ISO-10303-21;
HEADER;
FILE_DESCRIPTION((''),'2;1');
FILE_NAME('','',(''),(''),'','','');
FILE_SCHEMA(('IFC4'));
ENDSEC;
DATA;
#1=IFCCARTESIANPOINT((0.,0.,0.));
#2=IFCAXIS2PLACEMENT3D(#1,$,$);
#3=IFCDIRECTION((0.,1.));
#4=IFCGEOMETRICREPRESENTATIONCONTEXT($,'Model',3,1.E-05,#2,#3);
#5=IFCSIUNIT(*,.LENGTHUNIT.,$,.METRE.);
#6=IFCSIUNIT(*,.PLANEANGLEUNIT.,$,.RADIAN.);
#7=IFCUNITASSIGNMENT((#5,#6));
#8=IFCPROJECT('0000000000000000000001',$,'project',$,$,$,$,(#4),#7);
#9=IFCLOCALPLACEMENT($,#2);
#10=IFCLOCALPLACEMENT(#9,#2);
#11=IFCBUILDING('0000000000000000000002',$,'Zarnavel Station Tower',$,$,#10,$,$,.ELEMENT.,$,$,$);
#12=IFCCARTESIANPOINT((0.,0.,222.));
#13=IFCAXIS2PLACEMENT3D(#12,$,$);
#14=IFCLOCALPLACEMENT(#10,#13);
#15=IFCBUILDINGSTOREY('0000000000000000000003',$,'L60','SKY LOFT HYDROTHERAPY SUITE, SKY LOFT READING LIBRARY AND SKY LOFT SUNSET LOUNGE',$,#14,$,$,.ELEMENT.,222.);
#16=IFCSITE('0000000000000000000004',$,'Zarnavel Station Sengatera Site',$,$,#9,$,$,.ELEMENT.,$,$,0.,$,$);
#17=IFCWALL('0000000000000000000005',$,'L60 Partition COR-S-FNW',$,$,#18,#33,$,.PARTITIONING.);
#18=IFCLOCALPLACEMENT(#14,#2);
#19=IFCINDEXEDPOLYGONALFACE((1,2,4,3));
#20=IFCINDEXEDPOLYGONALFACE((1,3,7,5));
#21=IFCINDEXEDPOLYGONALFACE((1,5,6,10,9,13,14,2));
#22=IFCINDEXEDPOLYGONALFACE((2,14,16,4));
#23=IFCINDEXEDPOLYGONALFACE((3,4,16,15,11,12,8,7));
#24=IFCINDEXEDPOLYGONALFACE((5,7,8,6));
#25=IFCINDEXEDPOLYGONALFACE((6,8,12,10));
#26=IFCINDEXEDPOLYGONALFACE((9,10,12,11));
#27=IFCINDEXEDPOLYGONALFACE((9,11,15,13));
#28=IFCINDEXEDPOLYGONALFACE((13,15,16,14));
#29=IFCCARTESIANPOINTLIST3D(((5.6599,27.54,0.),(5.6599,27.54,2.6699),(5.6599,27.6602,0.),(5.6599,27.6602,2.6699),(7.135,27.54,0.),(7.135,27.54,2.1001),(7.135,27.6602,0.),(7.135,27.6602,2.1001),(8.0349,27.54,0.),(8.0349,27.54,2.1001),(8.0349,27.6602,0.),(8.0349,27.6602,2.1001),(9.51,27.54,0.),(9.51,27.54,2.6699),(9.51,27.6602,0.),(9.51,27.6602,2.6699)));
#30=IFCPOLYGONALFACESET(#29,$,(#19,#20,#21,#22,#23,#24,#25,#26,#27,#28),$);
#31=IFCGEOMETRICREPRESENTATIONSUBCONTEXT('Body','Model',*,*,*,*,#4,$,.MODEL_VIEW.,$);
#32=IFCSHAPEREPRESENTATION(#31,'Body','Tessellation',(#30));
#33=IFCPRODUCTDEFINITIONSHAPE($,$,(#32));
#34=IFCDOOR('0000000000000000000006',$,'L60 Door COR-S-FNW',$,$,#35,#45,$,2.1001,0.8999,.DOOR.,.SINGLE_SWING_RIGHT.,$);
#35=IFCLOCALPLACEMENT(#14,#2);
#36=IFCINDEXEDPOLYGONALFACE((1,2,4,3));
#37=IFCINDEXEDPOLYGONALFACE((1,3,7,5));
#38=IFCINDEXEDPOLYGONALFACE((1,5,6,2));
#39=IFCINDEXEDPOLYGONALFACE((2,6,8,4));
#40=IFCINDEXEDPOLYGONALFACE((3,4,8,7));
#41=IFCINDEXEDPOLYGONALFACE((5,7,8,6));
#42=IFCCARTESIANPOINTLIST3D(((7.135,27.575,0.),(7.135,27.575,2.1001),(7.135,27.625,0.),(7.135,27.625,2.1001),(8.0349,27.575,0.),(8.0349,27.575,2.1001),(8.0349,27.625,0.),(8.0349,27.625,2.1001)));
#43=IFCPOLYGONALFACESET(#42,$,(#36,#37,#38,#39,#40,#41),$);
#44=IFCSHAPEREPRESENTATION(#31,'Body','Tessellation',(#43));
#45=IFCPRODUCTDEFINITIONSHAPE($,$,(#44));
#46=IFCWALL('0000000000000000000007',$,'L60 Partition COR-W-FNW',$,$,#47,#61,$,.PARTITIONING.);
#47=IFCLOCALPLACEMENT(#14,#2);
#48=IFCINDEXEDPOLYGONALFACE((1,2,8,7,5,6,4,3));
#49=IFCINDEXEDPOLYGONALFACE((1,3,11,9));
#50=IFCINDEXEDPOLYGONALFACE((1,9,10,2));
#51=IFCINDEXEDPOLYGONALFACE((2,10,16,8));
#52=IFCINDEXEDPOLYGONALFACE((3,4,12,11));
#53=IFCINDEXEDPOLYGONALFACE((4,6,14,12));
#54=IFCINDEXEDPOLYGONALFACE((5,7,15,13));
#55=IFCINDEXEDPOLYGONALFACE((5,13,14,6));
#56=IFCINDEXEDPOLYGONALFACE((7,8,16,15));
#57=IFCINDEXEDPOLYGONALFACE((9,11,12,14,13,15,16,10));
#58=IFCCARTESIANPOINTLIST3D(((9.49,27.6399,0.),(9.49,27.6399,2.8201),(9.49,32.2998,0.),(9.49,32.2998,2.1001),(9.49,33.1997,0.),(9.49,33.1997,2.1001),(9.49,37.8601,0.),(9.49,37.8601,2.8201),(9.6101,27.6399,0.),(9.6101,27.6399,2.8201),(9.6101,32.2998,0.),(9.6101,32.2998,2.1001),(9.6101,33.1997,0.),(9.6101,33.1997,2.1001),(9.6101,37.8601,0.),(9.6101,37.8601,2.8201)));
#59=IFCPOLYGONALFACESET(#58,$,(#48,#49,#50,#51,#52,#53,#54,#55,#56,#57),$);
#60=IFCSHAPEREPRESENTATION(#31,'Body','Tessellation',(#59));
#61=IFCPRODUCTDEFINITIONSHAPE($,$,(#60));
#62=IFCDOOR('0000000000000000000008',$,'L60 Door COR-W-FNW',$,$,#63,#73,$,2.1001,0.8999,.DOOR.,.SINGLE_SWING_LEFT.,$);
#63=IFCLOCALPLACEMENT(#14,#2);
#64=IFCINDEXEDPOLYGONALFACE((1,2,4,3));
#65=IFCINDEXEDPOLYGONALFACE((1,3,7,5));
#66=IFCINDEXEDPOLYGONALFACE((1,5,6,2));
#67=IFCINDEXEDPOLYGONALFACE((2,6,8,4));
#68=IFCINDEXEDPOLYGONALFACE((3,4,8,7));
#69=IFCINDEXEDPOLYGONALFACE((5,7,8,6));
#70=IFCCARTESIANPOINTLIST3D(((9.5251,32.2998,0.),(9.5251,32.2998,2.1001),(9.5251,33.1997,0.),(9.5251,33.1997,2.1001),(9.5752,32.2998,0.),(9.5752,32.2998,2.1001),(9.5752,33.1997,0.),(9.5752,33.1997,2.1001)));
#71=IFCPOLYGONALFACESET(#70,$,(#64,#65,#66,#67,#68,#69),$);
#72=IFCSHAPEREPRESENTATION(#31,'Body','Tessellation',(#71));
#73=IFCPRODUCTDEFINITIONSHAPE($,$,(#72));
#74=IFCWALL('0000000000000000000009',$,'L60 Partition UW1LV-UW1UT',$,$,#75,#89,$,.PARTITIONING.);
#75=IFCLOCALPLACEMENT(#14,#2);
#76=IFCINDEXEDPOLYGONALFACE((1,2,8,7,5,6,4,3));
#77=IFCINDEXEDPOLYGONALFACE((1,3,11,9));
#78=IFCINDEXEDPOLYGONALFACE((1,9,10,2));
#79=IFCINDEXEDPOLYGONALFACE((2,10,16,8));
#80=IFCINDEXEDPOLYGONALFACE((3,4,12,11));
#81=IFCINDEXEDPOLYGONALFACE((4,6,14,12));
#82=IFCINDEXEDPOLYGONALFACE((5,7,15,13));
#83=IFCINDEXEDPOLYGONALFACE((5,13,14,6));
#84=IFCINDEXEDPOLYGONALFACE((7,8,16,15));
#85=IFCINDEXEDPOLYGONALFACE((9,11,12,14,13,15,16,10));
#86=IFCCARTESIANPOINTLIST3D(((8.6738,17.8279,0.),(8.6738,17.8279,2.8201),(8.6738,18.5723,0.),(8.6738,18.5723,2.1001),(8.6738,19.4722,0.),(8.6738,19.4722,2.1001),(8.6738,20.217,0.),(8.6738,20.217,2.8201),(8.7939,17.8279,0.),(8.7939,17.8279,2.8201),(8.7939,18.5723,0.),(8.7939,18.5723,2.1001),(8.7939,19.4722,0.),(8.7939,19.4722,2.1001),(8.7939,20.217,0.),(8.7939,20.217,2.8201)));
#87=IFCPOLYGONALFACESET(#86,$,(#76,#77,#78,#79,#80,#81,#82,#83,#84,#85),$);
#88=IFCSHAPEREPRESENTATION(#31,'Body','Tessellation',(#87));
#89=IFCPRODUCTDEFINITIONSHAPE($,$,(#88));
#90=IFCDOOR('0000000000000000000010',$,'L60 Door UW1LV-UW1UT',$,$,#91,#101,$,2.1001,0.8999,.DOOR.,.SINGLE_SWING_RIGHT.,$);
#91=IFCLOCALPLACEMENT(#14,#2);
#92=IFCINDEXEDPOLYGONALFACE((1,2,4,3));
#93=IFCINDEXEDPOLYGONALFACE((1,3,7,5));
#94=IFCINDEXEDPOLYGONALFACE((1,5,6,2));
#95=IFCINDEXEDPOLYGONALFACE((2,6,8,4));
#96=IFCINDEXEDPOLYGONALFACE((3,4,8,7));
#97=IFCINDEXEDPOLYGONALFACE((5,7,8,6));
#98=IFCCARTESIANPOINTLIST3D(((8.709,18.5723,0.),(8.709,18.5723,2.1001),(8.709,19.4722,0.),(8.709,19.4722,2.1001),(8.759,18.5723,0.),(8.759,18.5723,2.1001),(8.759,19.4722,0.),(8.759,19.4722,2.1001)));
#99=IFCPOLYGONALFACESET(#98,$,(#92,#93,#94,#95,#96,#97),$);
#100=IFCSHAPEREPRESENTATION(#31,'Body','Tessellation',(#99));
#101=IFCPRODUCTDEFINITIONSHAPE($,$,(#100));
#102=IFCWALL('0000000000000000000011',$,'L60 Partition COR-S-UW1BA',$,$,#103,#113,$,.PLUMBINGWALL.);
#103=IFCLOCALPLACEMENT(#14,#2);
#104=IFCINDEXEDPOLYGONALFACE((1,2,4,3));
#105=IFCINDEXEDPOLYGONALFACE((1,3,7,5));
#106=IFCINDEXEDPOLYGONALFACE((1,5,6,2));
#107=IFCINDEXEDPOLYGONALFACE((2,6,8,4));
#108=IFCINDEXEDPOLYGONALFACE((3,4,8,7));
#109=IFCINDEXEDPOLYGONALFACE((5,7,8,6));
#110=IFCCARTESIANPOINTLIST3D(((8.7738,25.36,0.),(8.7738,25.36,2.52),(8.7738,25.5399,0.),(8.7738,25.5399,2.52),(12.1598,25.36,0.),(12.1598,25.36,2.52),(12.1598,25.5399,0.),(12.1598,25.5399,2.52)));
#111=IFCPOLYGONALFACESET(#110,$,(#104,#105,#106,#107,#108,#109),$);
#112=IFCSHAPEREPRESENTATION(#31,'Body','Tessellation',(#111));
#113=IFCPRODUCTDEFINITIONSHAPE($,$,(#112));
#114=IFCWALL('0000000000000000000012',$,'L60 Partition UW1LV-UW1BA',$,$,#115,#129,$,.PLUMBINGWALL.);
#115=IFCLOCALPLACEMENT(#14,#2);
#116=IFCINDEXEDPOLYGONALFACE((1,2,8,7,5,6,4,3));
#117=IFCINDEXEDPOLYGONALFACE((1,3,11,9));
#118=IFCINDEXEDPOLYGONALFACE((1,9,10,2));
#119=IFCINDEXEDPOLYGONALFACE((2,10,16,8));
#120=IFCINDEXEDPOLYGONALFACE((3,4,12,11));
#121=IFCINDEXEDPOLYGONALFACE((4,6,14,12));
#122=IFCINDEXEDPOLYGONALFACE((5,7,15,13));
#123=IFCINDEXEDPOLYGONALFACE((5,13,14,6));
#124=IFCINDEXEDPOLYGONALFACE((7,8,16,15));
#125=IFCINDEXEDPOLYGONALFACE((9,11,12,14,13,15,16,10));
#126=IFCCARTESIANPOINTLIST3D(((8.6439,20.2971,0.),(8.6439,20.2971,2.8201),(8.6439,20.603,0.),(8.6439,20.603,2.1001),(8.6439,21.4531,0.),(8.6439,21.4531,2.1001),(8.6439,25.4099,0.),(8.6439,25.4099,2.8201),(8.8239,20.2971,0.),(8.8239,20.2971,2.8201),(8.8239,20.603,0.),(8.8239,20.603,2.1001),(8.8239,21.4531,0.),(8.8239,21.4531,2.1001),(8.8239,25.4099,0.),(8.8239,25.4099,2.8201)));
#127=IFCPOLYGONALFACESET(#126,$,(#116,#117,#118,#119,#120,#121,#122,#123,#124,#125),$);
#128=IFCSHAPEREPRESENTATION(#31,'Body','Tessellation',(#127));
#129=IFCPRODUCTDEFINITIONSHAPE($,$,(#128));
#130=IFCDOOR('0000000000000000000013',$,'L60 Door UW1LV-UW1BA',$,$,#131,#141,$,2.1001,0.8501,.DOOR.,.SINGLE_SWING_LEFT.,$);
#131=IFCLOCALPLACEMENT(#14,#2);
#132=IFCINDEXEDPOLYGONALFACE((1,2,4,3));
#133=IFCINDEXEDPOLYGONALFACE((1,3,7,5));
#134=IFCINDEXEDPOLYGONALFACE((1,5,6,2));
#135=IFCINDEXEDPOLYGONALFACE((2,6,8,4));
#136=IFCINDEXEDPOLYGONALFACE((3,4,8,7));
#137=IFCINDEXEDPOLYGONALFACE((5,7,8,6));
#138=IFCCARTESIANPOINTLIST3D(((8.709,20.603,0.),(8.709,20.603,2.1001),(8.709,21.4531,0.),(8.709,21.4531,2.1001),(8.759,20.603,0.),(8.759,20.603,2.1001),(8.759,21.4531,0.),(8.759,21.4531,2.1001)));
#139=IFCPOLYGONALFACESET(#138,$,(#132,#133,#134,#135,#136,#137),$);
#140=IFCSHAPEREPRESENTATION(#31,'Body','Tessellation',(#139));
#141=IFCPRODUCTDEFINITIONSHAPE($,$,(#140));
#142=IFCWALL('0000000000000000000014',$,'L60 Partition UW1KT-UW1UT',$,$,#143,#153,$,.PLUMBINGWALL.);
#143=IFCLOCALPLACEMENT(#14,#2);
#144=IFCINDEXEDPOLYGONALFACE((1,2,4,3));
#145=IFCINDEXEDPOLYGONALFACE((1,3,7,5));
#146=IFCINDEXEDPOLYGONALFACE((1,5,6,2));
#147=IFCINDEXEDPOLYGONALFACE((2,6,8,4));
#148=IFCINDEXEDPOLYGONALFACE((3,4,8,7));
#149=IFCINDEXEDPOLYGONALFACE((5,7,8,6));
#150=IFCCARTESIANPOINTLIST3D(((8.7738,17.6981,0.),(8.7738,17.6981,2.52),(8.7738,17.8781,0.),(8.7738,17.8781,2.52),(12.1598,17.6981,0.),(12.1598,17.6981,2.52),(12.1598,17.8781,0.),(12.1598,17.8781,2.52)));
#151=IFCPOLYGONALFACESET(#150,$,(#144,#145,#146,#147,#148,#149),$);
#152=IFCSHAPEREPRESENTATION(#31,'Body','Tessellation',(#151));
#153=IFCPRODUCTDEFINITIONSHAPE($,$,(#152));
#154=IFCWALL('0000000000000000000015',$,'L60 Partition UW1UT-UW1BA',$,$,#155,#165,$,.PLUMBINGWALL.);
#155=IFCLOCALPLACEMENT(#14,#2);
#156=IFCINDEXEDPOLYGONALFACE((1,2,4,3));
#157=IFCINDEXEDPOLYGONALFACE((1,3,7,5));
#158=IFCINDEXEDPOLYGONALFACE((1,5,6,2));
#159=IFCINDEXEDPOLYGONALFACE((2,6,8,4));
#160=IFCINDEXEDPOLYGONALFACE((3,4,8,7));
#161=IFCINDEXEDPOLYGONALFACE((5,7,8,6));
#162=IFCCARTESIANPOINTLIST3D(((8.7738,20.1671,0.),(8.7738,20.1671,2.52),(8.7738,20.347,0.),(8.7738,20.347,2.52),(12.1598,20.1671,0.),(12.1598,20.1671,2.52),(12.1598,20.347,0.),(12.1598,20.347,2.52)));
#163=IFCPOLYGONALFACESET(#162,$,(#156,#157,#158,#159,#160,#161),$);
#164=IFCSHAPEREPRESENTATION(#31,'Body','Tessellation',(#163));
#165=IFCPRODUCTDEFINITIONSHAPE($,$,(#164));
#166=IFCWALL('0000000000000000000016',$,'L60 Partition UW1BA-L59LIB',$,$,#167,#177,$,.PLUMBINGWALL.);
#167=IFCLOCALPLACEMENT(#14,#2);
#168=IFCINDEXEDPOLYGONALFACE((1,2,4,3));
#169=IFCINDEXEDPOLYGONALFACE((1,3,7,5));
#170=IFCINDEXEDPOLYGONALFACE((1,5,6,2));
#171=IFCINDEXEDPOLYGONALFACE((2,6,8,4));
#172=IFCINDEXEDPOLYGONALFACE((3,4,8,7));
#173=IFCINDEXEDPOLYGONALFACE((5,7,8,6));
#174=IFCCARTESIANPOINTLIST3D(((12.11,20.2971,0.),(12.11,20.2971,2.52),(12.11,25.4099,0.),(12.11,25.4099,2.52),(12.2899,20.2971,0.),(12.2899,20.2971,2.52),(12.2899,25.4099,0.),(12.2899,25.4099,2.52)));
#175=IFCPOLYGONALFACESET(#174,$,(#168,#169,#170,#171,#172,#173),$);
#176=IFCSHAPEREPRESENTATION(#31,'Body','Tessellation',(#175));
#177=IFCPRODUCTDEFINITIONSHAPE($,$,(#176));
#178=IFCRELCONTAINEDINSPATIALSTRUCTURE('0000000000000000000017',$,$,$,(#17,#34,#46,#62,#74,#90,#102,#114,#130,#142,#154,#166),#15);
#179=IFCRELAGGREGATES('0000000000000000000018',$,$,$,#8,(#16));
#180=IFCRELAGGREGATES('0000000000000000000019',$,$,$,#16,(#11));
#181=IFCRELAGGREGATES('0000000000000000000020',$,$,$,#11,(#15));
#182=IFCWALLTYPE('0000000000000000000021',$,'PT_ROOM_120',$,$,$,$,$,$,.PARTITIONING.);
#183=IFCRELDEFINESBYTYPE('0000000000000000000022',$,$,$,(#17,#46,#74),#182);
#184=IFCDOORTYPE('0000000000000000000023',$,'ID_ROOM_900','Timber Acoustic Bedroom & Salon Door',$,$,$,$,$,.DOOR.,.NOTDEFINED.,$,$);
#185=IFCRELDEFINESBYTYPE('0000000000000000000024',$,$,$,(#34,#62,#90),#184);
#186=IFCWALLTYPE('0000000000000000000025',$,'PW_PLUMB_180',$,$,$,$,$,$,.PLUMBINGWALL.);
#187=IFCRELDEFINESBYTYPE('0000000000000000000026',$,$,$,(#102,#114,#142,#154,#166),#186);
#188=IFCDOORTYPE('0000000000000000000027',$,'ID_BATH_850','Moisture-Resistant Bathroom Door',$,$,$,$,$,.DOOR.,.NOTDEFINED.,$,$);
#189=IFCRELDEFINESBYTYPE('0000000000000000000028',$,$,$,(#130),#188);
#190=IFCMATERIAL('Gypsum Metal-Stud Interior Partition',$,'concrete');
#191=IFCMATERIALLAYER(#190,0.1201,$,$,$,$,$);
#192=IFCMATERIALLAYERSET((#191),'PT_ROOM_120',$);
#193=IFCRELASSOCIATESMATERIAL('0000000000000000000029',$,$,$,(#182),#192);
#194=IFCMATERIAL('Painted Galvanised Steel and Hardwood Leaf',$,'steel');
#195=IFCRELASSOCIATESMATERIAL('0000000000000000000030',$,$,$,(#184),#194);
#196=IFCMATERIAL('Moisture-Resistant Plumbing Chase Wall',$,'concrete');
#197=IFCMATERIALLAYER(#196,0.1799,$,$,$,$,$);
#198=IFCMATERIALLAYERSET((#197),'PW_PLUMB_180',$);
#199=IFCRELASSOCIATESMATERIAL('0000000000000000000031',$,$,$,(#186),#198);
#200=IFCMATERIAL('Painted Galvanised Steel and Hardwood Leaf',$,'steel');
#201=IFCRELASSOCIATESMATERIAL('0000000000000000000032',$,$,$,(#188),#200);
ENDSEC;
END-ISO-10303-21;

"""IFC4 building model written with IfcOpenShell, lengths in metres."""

from ifc_helpers import new_model, si_unit, direction, frame, frame_2d, origin, place, context, subcontext, project, spatial, rectangle, extrude, material, layer, layer_set, type_object, element, fill, save


model = new_model("IFC4")

# Units and contexts
model_context = context("Model", 3, precision=1e-05, world=origin(), true_north=direction((0.0, 1.0)))
body_context = subcontext(model_context, "Body", "Model", "MODEL_VIEW")
ifc_project = project(units=[si_unit("LENGTHUNIT", "METRE"), si_unit("PLANEANGLEUNIT", "RADIAN")], contexts=[model_context])

# Site, building, storey
site_placement = place(None, origin())
site = spatial("IfcSite", under=ifc_project, at=site_placement, Name="Zarnavel Station Sengatera Site", CompositionType="ELEMENT", RefElevation=0.0)
building_placement = place(site_placement, origin())
building = spatial("IfcBuilding", under=site, at=building_placement, Name="Zarnavel Station Tower", CompositionType="ELEMENT")
storey_placement = place(building_placement, frame((0.0, 0.0, 222.0)))
storey = spatial("IfcBuildingStorey", under=building, at=storey_placement, Name="L60", Description="SKY LOFT HYDROTHERAPY SUITE, SKY LOFT READING LIBRARY AND SKY LOFT SUNSET LOUNGE", CompositionType="ELEMENT", Elevation=222.0)

# Walls, openings, doors
ifc_material_1 = material(Name="Gypsum Metal-Stud Interior Partition", Category="concrete")
ifc_layer_1 = layer(ifc_material_1, 0.1201)
ifc_layer_set_1 = layer_set([ifc_layer_1], Name="PT_ROOM_120")
wall_type_1 = type_object("IfcWallType", Name="PT_ROOM_120", PredefinedType="PARTITIONING", material=ifc_layer_set_1)
wall_1_placement = place(storey_placement, frame((5.6599, 27.6001, 0.0), z_axis=(0.0, 0.0, 1.0), x_axis=(1.0, 0.0, 0.0)))
wall_1 = element("IfcWall", 1, at=wall_1_placement, inside=storey, type_object=wall_type_1, Name="L60 Partition COR-S-FNW", PredefinedType="PARTITIONING", context=body_context, shape_type="SweptSolid", body=[
    extrude(rectangle(XDim=3.8501, YDim=0.1201, at=frame_2d((1.925, 0.0))), origin(), (0.0, 0.0, 1.0), 2.6699),
])
opening_1_placement = place(wall_1_placement, frame((1.4751, 0.0, 0.0)))
opening_1 = element("IfcOpeningElement", 2, at=opening_1_placement, cuts=wall_1, PredefinedType="OPENING", context=body_context, shape_type="SweptSolid", body=[
    extrude(rectangle(XDim=0.8999, YDim=2.1001, at=frame_2d((0.45, 1.05))), frame((0.0, 0.0701, 0.0), z_axis=(0.0, -1.0, 0.0), x_axis=(1.0, 0.0, 0.0)), (0.0, 0.0, 1.0), 0.1401),
])
ifc_material_2 = material(Name="Painted Galvanised Steel and Hardwood Leaf", Category="steel")
door_type_1 = type_object("IfcDoorType", Name="ID_ROOM_900", Description="Timber Acoustic Bedroom & Salon Door", OperationType="NOTDEFINED", PredefinedType="DOOR", material=ifc_material_2)
door_1_placement = place(opening_1_placement, origin())
door_1 = element("IfcDoor", 3, at=door_1_placement, inside=storey, type_object=door_type_1, Name="L60 Door COR-S-FNW", OperationType="SINGLE_SWING_RIGHT", OverallHeight=2.1001, OverallWidth=0.8999, PredefinedType="DOOR", context=body_context, shape_type="SweptSolid", body=[
    extrude(rectangle(XDim=0.8999, YDim=2.1001, at=frame_2d((0.45, 1.05))), frame((0.0, 0.0249, 0.0), z_axis=(0.0, -1.0, 0.0), x_axis=(1.0, 0.0, 0.0)), (0.0, 0.0, 1.0), 0.05),
])
fill(opening_1, door_1)
wall_2_placement = place(storey_placement, frame((9.55, 27.6399, 0.0), z_axis=(0.0, 0.0, 1.0), x_axis=(0.0, 1.0, 0.0)))
wall_2 = element("IfcWall", 4, at=wall_2_placement, inside=storey, type_object=wall_type_1, Name="L60 Partition COR-W-FNW", PredefinedType="PARTITIONING", context=body_context, shape_type="SweptSolid", body=[
    extrude(rectangle(XDim=10.2202, YDim=0.1201, at=frame_2d((5.1101, 0.0))), origin(), (0.0, 0.0, 1.0), 2.8201),
])
opening_2_placement = place(wall_2_placement, frame((4.6599, 0.0, 0.0)))
opening_2 = element("IfcOpeningElement", 5, at=opening_2_placement, cuts=wall_2, PredefinedType="OPENING", context=body_context, shape_type="SweptSolid", body=[
    extrude(rectangle(XDim=0.8999, YDim=2.1001, at=frame_2d((0.45, 1.05))), frame((0.0, 0.0701, 0.0), z_axis=(0.0, -1.0, 0.0), x_axis=(1.0, 0.0, 0.0)), (0.0, 0.0, 1.0), 0.1401),
])
door_2_placement = place(opening_2_placement, origin())
door_2 = element("IfcDoor", 6, at=door_2_placement, inside=storey, type_object=door_type_1, Name="L60 Door COR-W-FNW", OperationType="SINGLE_SWING_LEFT", OverallHeight=2.1001, OverallWidth=0.8999, PredefinedType="DOOR", context=body_context, shape_type="SweptSolid", body=[
    extrude(rectangle(XDim=0.8999, YDim=2.1001, at=frame_2d((0.45, 1.05))), frame((0.0, 0.0249, 0.0), z_axis=(0.0, -1.0, 0.0), x_axis=(1.0, 0.0, 0.0)), (0.0, 0.0, 1.0), 0.05),
])
fill(opening_2, door_2)
wall_3_placement = place(storey_placement, frame((8.7339, 17.8279, 0.0), z_axis=(0.0, 0.0, 1.0), x_axis=(0.0, 1.0, 0.0)))
wall_3 = element("IfcWall", 7, at=wall_3_placement, inside=storey, type_object=wall_type_1, Name="L60 Partition UW1LV-UW1UT", PredefinedType="PARTITIONING", context=body_context, shape_type="SweptSolid", body=[
    extrude(rectangle(XDim=2.3892, YDim=0.1201, at=frame_2d((1.1946, 0.0))), origin(), (0.0, 0.0, 1.0), 2.8201),
])
opening_3_placement = place(wall_3_placement, frame((0.7444, 0.0, 0.0)))
opening_3 = element("IfcOpeningElement", 8, at=opening_3_placement, cuts=wall_3, PredefinedType="OPENING", context=body_context, shape_type="SweptSolid", body=[
    extrude(rectangle(XDim=0.8999, YDim=2.1001, at=frame_2d((0.45, 1.05))), frame((0.0, 0.0701, 0.0), z_axis=(0.0, -1.0, 0.0), x_axis=(1.0, 0.0, 0.0)), (0.0, 0.0, 1.0), 0.1401),
])
door_3_placement = place(opening_3_placement, origin())
door_3 = element("IfcDoor", 9, at=door_3_placement, inside=storey, type_object=door_type_1, Name="L60 Door UW1LV-UW1UT", OperationType="SINGLE_SWING_RIGHT", OverallHeight=2.1001, OverallWidth=0.8999, PredefinedType="DOOR", context=body_context, shape_type="SweptSolid", body=[
    extrude(rectangle(XDim=0.8999, YDim=2.1001, at=frame_2d((0.45, 1.05))), frame((0.0, 0.0249, 0.0), z_axis=(0.0, -1.0, 0.0), x_axis=(1.0, 0.0, 0.0)), (0.0, 0.0, 1.0), 0.05),
])
fill(opening_3, door_3)

# Wall
ifc_material_3 = material(Name="Moisture-Resistant Plumbing Chase Wall", Category="concrete")
ifc_layer_2 = layer(ifc_material_3, 0.1799)
ifc_layer_set_2 = layer_set([ifc_layer_2], Name="PW_PLUMB_180")
wall_type_2 = type_object("IfcWallType", Name="PW_PLUMB_180", PredefinedType="PLUMBINGWALL", material=ifc_layer_set_2)
wall_4_placement = place(storey_placement, frame((8.7739, 25.45, 0.0), z_axis=(0.0, 0.0, 1.0), x_axis=(1.0, 0.0, 0.0)))
element("IfcWall", 10, at=wall_4_placement, inside=storey, type_object=wall_type_2, Name="L60 Partition COR-S-UW1BA", PredefinedType="PLUMBINGWALL", context=body_context, shape_type="SweptSolid", body=[
    extrude(rectangle(XDim=3.386, YDim=0.1799, at=frame_2d((1.6929, 0.0))), origin(), (0.0, 0.0, 1.0), 2.52),
])

# Wall, opening, door
wall_5_placement = place(storey_placement, frame((8.7339, 20.2971, 0.0), z_axis=(0.0, 0.0, 1.0), x_axis=(0.0, 1.0, 0.0)))
wall_5 = element("IfcWall", 11, at=wall_5_placement, inside=storey, type_object=wall_type_2, Name="L60 Partition UW1LV-UW1BA", PredefinedType="PLUMBINGWALL", context=body_context, shape_type="SweptSolid", body=[
    extrude(rectangle(XDim=5.1128, YDim=0.1799, at=frame_2d((2.5564, 0.0))), origin(), (0.0, 0.0, 1.0), 2.8201),
])
opening_4_placement = place(wall_5_placement, frame((0.3059, 0.0, 0.0)))
opening_4 = element("IfcOpeningElement", 12, at=opening_4_placement, cuts=wall_5, PredefinedType="OPENING", context=body_context, shape_type="SweptSolid", body=[
    extrude(rectangle(XDim=0.8501, YDim=2.1001, at=frame_2d((0.425, 1.05))), frame((0.0, 0.0999, 0.0), z_axis=(0.0, -1.0, 0.0), x_axis=(1.0, 0.0, 0.0)), (0.0, 0.0, 1.0), 0.2),
])
ifc_material_4 = material(Name="Painted Galvanised Steel and Hardwood Leaf", Category="steel")
door_type_2 = type_object("IfcDoorType", Name="ID_BATH_850", Description="Moisture-Resistant Bathroom Door", OperationType="NOTDEFINED", PredefinedType="DOOR", material=ifc_material_4)
door_4_placement = place(opening_4_placement, origin())
door_4 = element("IfcDoor", 13, at=door_4_placement, inside=storey, type_object=door_type_2, Name="L60 Door UW1LV-UW1BA", OperationType="SINGLE_SWING_LEFT", OverallHeight=2.1001, OverallWidth=0.8501, PredefinedType="DOOR", context=body_context, shape_type="SweptSolid", body=[
    extrude(rectangle(XDim=0.8501, YDim=2.1001, at=frame_2d((0.425, 1.05))), frame((0.0, 0.0249, 0.0), z_axis=(0.0, -1.0, 0.0), x_axis=(1.0, 0.0, 0.0)), (0.0, 0.0, 1.0), 0.05),
])
fill(opening_4, door_4)

# Walls
for number, where, z_axis, x_axis, name in (
    (14, (8.7739, 17.7881, 0.0), (0.0, 0.0, 1.0), (1.0, 0.0, 0.0), "L60 Partition UW1KT-UW1UT"),
    (15, (8.7739, 20.2571, 0.0), (0.0, 0.0, 1.0), (1.0, 0.0, 0.0), "L60 Partition UW1UT-UW1BA"),
):
    element("IfcWall", number, at=place(storey_placement, frame(where, z_axis=z_axis, x_axis=x_axis)), inside=storey, type_object=wall_type_2, Name=name, PredefinedType="PLUMBINGWALL", context=body_context, shape_type="SweptSolid", body=[
        extrude(rectangle(XDim=3.386, YDim=0.1799, at=frame_2d((1.6929, 0.0))), origin(), (0.0, 0.0, 1.0), 2.52),
    ])
wall_6_placement = place(storey_placement, frame((12.2, 20.2971, 0.0), z_axis=(0.0, 0.0, 1.0), x_axis=(0.0, 1.0, 0.0)))
element("IfcWall", 16, at=wall_6_placement, inside=storey, type_object=wall_type_2, Name="L60 Partition UW1BA-L59LIB", PredefinedType="PLUMBINGWALL", context=body_context, shape_type="SweptSolid", body=[
    extrude(rectangle(XDim=5.1128, YDim=0.1799, at=frame_2d((2.5564, 0.0))), origin(), (0.0, 0.0, 1.0), 2.52),
])

save(model, "model.ifc")
